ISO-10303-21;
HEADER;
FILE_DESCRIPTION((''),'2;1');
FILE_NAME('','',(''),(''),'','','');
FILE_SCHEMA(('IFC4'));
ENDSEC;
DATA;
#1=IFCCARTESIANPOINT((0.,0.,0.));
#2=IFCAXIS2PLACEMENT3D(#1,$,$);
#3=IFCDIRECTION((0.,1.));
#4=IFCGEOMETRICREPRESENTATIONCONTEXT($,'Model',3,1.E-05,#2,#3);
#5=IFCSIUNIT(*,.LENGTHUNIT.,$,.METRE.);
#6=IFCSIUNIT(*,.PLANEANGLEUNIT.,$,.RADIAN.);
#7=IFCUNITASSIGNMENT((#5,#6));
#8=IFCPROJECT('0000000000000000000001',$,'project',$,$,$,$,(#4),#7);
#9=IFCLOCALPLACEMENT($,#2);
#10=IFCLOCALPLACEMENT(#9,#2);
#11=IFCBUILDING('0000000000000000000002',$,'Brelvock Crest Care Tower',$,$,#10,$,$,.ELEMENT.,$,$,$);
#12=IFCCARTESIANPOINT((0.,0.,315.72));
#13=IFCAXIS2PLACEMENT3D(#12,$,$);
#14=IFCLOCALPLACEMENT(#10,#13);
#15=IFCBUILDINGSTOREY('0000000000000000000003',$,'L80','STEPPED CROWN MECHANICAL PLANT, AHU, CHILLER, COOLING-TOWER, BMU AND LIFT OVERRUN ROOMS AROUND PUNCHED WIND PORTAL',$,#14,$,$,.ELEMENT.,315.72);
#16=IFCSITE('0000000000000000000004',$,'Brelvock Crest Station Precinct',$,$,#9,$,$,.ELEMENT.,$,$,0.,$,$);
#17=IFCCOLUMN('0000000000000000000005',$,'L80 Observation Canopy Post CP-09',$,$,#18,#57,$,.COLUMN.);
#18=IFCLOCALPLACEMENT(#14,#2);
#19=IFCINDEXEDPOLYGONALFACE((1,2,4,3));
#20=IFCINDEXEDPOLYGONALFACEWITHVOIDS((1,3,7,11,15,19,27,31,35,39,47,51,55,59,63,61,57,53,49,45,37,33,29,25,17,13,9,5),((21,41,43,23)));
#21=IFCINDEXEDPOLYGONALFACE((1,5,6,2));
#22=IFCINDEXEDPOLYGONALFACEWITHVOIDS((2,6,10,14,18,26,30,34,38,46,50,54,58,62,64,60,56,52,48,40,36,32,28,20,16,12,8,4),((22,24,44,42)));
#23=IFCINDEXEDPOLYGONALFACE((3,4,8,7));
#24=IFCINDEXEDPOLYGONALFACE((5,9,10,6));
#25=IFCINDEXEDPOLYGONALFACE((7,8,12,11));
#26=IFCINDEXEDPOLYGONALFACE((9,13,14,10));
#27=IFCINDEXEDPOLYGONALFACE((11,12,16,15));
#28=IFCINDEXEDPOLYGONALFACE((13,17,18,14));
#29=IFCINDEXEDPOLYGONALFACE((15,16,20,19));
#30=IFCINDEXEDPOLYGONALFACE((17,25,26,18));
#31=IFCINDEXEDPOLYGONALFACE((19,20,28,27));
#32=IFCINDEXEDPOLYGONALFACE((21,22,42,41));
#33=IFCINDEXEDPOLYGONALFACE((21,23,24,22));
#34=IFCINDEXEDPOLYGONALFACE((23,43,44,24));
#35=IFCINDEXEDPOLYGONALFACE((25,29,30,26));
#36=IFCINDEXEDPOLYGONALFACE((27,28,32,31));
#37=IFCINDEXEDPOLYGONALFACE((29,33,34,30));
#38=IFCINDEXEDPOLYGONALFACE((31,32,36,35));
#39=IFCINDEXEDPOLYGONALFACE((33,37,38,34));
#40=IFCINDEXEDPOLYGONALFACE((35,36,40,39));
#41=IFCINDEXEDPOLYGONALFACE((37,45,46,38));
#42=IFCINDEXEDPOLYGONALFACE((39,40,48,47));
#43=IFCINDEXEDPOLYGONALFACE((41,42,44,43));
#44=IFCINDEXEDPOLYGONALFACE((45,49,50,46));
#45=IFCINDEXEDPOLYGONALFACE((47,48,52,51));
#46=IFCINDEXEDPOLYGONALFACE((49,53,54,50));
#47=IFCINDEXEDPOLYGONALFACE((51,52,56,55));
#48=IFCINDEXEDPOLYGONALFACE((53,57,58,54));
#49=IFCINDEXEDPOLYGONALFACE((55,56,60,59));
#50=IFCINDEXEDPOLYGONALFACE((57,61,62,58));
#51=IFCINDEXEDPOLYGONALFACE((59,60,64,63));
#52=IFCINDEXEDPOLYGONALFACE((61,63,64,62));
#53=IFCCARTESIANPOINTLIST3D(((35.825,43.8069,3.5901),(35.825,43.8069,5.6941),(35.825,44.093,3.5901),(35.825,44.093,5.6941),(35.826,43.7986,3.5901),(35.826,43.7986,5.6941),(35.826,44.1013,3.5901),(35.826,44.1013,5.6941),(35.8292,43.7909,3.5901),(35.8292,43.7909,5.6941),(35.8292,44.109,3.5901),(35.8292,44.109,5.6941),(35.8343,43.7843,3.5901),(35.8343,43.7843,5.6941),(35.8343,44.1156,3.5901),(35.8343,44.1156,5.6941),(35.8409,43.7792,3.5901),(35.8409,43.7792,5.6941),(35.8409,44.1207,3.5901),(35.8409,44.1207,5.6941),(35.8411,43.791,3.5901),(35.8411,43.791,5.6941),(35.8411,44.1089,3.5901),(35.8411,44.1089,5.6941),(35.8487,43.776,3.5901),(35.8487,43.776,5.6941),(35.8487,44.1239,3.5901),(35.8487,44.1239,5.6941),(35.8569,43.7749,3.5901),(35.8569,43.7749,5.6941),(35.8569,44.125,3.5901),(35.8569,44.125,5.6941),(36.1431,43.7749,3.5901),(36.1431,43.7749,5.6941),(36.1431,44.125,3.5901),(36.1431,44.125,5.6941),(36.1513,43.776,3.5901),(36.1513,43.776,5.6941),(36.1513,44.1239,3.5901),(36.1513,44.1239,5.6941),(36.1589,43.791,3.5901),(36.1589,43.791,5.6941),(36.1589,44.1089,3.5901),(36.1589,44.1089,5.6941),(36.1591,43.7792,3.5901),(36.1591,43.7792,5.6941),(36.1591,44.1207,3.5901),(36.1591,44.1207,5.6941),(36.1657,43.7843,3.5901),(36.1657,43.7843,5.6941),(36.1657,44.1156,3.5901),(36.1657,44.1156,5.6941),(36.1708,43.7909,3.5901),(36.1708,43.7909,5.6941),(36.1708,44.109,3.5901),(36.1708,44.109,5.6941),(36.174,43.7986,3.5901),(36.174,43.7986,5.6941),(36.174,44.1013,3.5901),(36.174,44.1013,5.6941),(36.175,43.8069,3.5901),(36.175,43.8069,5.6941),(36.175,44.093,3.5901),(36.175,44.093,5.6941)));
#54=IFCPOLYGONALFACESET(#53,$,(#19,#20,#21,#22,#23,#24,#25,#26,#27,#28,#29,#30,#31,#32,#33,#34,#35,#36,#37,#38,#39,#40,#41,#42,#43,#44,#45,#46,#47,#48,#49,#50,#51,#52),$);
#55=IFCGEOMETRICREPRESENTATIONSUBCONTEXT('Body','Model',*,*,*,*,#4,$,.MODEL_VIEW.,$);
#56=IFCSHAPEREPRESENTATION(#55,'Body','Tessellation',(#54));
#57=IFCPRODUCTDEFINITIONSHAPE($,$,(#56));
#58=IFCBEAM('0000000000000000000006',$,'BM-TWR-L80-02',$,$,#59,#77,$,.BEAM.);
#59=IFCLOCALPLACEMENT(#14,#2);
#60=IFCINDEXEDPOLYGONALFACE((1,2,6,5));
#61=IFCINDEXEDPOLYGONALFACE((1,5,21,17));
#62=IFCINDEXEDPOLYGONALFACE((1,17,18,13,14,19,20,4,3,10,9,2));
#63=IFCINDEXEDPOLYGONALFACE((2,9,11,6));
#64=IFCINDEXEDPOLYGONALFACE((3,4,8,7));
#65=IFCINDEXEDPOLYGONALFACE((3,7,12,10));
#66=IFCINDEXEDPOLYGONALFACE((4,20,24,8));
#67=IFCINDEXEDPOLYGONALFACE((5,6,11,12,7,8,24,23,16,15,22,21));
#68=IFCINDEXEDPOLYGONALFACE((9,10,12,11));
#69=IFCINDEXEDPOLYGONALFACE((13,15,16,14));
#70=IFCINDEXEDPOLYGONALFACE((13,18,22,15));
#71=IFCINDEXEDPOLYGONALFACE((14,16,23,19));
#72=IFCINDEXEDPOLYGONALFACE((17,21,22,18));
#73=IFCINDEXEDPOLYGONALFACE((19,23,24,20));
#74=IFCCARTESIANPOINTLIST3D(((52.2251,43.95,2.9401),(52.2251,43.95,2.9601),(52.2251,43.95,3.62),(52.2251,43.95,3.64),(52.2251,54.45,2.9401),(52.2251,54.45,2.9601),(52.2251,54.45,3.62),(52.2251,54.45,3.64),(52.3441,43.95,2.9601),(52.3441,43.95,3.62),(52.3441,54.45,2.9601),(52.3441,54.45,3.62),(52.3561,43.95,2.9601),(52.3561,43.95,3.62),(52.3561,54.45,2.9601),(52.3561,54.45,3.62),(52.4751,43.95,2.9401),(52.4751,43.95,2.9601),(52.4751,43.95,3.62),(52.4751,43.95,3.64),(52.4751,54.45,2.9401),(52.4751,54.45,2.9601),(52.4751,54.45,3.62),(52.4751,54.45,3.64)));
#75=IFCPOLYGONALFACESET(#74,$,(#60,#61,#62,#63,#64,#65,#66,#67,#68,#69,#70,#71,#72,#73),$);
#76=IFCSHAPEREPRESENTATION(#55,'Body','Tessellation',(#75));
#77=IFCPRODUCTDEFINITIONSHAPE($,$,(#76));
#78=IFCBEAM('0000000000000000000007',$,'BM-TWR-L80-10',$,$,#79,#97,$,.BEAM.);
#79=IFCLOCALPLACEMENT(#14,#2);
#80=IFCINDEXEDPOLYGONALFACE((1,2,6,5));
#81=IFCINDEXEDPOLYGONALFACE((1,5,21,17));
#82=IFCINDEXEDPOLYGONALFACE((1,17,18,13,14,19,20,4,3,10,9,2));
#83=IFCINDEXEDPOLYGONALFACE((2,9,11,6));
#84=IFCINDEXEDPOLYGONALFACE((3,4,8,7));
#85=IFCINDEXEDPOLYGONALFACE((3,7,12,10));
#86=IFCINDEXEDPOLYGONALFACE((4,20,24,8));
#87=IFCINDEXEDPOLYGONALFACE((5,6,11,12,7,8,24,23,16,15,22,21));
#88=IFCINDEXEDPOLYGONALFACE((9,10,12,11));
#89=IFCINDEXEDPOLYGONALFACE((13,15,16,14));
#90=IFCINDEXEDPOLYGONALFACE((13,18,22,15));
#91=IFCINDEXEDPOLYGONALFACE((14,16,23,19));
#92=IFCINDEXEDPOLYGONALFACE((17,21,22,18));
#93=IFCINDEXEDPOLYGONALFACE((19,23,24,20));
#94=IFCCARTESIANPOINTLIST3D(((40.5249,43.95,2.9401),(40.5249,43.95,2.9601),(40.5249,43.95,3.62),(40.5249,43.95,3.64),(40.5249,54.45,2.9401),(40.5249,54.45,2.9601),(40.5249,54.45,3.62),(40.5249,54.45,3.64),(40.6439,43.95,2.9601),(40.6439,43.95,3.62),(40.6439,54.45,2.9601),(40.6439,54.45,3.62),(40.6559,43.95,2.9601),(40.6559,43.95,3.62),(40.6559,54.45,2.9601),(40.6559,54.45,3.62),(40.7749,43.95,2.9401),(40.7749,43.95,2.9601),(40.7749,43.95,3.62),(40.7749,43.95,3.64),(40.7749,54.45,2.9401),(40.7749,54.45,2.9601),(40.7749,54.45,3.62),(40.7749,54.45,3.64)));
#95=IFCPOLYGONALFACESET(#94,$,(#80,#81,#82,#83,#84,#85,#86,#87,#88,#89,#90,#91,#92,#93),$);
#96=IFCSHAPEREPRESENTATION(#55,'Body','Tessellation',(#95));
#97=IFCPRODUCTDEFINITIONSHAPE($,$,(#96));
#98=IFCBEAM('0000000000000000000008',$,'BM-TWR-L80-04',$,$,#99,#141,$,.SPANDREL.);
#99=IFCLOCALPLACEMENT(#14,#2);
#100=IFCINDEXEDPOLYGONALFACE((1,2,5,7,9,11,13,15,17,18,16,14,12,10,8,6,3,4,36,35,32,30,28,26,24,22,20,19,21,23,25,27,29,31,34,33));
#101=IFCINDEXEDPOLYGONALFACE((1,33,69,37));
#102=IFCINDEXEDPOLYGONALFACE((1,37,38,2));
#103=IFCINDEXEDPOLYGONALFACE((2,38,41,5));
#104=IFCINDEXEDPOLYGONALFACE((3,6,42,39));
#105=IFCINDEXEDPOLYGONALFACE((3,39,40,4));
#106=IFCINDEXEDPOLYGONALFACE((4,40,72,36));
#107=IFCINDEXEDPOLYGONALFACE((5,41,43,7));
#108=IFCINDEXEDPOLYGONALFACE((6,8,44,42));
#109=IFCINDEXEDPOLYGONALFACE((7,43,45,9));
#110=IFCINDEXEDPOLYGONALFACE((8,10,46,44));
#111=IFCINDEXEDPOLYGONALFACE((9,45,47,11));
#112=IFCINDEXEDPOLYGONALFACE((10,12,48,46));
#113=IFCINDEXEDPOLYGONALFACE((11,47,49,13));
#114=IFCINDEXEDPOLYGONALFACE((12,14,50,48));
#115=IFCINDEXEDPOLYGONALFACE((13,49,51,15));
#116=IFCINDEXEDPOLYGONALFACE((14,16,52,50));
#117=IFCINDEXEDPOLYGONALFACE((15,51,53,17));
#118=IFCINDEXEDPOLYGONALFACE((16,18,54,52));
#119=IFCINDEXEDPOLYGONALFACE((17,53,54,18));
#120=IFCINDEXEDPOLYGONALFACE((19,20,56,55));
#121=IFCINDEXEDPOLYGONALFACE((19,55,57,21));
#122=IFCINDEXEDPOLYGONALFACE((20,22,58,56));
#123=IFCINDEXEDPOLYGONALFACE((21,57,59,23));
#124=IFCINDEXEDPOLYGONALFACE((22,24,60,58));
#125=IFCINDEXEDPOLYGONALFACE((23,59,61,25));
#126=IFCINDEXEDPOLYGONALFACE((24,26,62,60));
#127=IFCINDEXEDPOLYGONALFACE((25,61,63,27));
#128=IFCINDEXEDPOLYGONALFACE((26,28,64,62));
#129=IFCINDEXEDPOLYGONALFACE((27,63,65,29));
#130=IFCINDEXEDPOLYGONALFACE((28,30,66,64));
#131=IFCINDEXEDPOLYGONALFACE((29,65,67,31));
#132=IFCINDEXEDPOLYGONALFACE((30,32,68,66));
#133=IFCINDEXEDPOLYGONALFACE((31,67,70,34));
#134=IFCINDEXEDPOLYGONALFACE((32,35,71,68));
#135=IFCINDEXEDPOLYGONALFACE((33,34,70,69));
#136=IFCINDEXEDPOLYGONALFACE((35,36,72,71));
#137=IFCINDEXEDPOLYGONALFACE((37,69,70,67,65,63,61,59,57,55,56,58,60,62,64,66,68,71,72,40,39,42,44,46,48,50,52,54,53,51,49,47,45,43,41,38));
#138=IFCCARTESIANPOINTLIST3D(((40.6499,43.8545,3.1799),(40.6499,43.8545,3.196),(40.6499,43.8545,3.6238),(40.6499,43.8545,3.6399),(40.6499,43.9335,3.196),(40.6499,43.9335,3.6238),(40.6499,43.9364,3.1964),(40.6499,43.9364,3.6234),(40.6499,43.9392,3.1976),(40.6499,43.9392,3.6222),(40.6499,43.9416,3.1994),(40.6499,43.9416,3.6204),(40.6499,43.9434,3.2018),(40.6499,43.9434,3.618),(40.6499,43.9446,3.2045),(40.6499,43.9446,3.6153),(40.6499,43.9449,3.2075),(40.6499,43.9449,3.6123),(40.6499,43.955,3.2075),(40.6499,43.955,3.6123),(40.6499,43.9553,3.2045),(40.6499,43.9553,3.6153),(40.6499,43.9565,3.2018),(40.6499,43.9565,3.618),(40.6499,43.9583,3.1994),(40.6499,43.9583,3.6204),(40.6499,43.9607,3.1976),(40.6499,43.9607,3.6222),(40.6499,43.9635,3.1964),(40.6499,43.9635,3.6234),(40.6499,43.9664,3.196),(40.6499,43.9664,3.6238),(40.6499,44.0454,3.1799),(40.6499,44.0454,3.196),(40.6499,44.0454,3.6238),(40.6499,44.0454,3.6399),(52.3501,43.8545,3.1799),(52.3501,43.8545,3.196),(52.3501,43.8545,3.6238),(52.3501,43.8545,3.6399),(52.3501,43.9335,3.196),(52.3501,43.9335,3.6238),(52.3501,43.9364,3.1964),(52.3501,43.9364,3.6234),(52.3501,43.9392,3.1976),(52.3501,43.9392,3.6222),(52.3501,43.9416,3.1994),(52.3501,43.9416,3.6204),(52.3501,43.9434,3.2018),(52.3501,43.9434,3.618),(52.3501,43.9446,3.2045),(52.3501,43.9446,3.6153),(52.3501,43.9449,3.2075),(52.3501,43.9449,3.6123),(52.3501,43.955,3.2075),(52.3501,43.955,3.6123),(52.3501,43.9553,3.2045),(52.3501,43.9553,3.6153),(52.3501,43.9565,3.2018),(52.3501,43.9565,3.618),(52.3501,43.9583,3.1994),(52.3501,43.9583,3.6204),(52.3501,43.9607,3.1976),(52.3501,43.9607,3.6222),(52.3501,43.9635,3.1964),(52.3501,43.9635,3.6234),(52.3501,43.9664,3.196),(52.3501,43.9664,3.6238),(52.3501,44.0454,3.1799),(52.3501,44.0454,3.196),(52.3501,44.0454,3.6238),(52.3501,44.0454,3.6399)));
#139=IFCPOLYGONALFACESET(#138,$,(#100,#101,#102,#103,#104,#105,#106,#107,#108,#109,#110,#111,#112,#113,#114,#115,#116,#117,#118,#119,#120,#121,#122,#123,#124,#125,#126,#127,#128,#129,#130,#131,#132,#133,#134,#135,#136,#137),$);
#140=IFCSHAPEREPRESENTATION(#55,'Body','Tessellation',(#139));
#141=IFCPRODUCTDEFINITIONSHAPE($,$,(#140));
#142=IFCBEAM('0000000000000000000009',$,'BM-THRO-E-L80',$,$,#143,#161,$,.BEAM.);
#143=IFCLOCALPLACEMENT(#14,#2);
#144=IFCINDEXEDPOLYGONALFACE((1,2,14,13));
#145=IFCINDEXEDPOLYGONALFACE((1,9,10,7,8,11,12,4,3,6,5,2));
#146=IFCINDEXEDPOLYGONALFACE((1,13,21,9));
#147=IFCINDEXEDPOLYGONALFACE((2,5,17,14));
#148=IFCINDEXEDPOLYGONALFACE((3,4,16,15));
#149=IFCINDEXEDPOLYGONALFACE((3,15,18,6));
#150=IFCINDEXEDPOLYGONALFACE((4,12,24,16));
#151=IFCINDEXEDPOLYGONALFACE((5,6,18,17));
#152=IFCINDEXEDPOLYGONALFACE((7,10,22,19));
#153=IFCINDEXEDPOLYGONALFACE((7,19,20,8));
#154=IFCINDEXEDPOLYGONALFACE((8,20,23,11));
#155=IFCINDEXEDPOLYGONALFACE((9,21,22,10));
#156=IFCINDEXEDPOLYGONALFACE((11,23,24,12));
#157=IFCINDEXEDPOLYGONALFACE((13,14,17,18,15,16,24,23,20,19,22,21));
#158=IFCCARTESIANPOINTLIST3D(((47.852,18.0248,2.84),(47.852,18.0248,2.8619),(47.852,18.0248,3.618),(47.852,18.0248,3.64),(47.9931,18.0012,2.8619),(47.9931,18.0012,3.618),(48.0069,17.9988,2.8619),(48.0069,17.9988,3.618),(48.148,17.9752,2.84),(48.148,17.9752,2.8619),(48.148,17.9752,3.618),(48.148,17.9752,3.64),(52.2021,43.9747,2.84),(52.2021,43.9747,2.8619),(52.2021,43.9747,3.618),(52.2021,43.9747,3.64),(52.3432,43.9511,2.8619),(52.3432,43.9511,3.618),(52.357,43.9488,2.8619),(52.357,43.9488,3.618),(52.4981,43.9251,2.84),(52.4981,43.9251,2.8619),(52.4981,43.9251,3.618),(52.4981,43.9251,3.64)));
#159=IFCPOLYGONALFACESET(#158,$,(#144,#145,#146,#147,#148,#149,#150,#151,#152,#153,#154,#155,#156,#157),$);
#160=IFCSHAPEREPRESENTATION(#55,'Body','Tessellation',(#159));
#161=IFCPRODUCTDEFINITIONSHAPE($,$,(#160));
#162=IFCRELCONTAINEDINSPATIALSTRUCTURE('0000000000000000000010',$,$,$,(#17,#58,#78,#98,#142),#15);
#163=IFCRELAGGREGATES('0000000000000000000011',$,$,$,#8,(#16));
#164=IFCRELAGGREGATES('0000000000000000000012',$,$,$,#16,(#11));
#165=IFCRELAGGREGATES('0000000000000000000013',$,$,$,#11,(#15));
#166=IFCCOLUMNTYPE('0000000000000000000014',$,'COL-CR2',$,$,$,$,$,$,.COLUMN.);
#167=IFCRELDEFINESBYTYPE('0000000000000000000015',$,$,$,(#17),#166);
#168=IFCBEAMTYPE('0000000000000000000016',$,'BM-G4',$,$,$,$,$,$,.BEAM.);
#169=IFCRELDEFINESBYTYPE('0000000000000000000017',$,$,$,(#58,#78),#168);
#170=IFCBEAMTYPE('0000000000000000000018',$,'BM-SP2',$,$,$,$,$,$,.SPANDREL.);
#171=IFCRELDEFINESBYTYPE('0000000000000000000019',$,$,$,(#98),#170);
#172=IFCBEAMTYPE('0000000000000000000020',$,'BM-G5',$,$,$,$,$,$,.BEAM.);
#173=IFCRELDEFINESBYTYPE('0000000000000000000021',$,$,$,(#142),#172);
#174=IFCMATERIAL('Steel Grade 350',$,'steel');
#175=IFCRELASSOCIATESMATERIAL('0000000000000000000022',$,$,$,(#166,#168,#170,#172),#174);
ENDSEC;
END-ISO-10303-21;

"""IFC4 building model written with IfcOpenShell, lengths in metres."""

from ifc_helpers import new_model, si_unit, direction, frame, origin, origin_2d, place, context, subcontext, project, spatial, hollow_rectangle, i_section, extrude, source, transform, mapped, material, material_profile, profile_set, type_object, element, save


model = new_model("IFC4")

# Units and contexts
model_context = context("Model", 3, precision=1e-05, world=origin(), true_north=direction((0.0, 1.0)))
body_context = subcontext(model_context, "Body", "Model", "MODEL_VIEW")
ifc_project = project(units=[si_unit("LENGTHUNIT", "METRE"), si_unit("PLANEANGLEUNIT", "RADIAN")], contexts=[model_context])

# Site, building, storey
site_placement = place(None, origin())
site = spatial("IfcSite", under=ifc_project, at=site_placement, Name="Brelvock Crest Station Precinct", CompositionType="ELEMENT", RefElevation=0.0)
building_placement = place(site_placement, origin())
building = spatial("IfcBuilding", under=site, at=building_placement, Name="Brelvock Crest Care Tower", CompositionType="ELEMENT")
storey_placement = place(building_placement, frame((0.0, 0.0, 315.72)))
storey = spatial("IfcBuildingStorey", under=building, at=storey_placement, Name="L80", Description="STEPPED CROWN MECHANICAL PLANT, AHU, CHILLER, COOLING-TOWER, BMU AND LIFT OVERRUN ROOMS AROUND PUNCHED WIND PORTAL", CompositionType="ELEMENT", Elevation=315.72)

# Column
ifc_material_1 = material(Name="Steel Grade 350", Category="steel")
ifc_material_profile_1 = material_profile(ifc_material_1, hollow_rectangle(XDim=0.3501, YDim=0.3501, WallThickness=0.0161, OuterFilletRadius=0.032, at=origin_2d()), Name="SHS350x350x16.0")
ifc_profile_set_1 = profile_set([ifc_material_profile_1], Name="Steel Grade 350")
column_type_1 = type_object("IfcColumnType", Name="COL-CR2", PredefinedType="COLUMN", material=ifc_profile_set_1)
shared_shape_1 = source(origin(), body_context, "Body", "SweptSolid", [
    extrude(hollow_rectangle(XDim=0.3501, YDim=0.3501, WallThickness=0.0161, OuterFilletRadius=0.032, at=origin_2d()), origin(), (0.0, 0.0, 1.0), 2.104),
])
column_1_placement = place(storey_placement, frame((36.0, 43.95, 3.5901), z_axis=(0.0, 0.0, 1.0), x_axis=(1.0, 0.0, 0.0)))
element("IfcColumn", 1, at=column_1_placement, inside=storey, type_object=column_type_1, Name="L80 Observation Canopy Post CP-09", PredefinedType="COLUMN", context=body_context, shape_type="MappedRepresentation", body=[
    mapped(shared_shape_1, transform((0.0, 0.0, 0.0), x_axis=(1.0, 0.0, 0.0), y_axis=(0.0, 1.0, 0.0), z_axis=(0.0, 0.0, 1.0), scale=1.0)),
])

# Beams
ifc_material_profile_2 = material_profile(ifc_material_1, i_section(OverallWidth=0.25, OverallDepth=0.7, WebThickness=0.012, FlangeThickness=0.02, at=origin_2d()), Name="700WB150")
ifc_profile_set_2 = profile_set([ifc_material_profile_2], Name="Steel Grade 350")
beam_type_1 = type_object("IfcBeamType", Name="BM-G4", PredefinedType="BEAM", material=ifc_profile_set_2)
shared_shape_2 = source(origin(), body_context, "Body", "SweptSolid", [
    extrude(i_section(OverallWidth=0.25, OverallDepth=0.7, WebThickness=0.012, FlangeThickness=0.02, at=origin_2d()), origin(), (0.0, 0.0, 1.0), 10.5),
])
for number, where, z_axis, x_axis, name in (
    (2, (52.3501, 43.95, 3.29), (0.0, 1.0, 0.0), (-1.0, 0.0, 0.0), "BM-TWR-L80-02"),
    (3, (40.6499, 43.95, 3.29), (0.0, 1.0, 0.0), (-1.0, 0.0, 0.0), "BM-TWR-L80-10"),
):
    element("IfcBeam", number, at=place(storey_placement, frame(where, z_axis=z_axis, x_axis=x_axis)), inside=storey, type_object=beam_type_1, Name=name, PredefinedType="BEAM", context=body_context, shape_type="MappedRepresentation", body=[
        mapped(shared_shape_2, transform((0.0, 0.0, 0.0), x_axis=(1.0, 0.0, 0.0), y_axis=(0.0, 1.0, 0.0), z_axis=(0.0, 0.0, 1.0), scale=1.0)),
    ])
ifc_material_profile_3 = material_profile(ifc_material_1, i_section(OverallWidth=0.1909, OverallDepth=0.46, WebThickness=0.01, FlangeThickness=0.0161, FilletRadius=0.0115, at=origin_2d()), Name="460UB82.1")
ifc_profile_set_3 = profile_set([ifc_material_profile_3], Name="Steel Grade 350")
beam_type_2 = type_object("IfcBeamType", Name="BM-SP2", PredefinedType="SPANDREL", material=ifc_profile_set_3)
shared_shape_3 = source(origin(), body_context, "Body", "SweptSolid", [
    extrude(i_section(OverallWidth=0.1909, OverallDepth=0.46, WebThickness=0.01, FlangeThickness=0.0161, FilletRadius=0.0115, at=origin_2d()), origin(), (0.0, 0.0, 1.0), 11.7002),
])
beam_1_placement = place(storey_placement, frame((40.6499, 43.95, 3.4099), z_axis=(1.0, 0.0, 0.0), x_axis=(0.0, 1.0, 0.0)))
element("IfcBeam", 4, at=beam_1_placement, inside=storey, type_object=beam_type_2, Name="BM-TWR-L80-04", PredefinedType="SPANDREL", context=body_context, shape_type="MappedRepresentation", body=[
    mapped(shared_shape_3, transform((0.0, 0.0, 0.0), x_axis=(1.0, 0.0, 0.0), y_axis=(0.0, 1.0, 0.0), z_axis=(0.0, 0.0, 1.0), scale=1.0)),
])
ifc_material_profile_4 = material_profile(ifc_material_1, i_section(OverallWidth=0.3, OverallDepth=0.8, WebThickness=0.0139, FlangeThickness=0.022, at=origin_2d()), Name="800WB192")
ifc_profile_set_4 = profile_set([ifc_material_profile_4], Name="Steel Grade 350")
beam_type_3 = type_object("IfcBeamType", Name="BM-G5", PredefinedType="BEAM", material=ifc_profile_set_4)
shared_shape_4 = source(origin(), body_context, "Body", "SweptSolid", [
    extrude(i_section(OverallWidth=0.3, OverallDepth=0.8, WebThickness=0.0139, FlangeThickness=0.022, at=origin_2d()), origin(), (0.0, 0.0, 1.0), 26.312),
])
beam_2_placement = place(storey_placement, frame((48.0, 18.0, 3.24), z_axis=(0.165327, 0.986239, 0.0), x_axis=(-0.986239, 0.165327, 0.0)))
element("IfcBeam", 5, at=beam_2_placement, inside=storey, type_object=beam_type_3, Name="BM-THRO-E-L80", PredefinedType="BEAM", context=body_context, shape_type="MappedRepresentation", body=[
    mapped(shared_shape_4, transform((0.0, 0.0, 0.0), x_axis=(1.0, 0.0, 0.0), y_axis=(0.0, 1.0, 0.0), z_axis=(0.0, 0.0, 1.0), scale=1.0)),
])

save(model, "model.ifc")
